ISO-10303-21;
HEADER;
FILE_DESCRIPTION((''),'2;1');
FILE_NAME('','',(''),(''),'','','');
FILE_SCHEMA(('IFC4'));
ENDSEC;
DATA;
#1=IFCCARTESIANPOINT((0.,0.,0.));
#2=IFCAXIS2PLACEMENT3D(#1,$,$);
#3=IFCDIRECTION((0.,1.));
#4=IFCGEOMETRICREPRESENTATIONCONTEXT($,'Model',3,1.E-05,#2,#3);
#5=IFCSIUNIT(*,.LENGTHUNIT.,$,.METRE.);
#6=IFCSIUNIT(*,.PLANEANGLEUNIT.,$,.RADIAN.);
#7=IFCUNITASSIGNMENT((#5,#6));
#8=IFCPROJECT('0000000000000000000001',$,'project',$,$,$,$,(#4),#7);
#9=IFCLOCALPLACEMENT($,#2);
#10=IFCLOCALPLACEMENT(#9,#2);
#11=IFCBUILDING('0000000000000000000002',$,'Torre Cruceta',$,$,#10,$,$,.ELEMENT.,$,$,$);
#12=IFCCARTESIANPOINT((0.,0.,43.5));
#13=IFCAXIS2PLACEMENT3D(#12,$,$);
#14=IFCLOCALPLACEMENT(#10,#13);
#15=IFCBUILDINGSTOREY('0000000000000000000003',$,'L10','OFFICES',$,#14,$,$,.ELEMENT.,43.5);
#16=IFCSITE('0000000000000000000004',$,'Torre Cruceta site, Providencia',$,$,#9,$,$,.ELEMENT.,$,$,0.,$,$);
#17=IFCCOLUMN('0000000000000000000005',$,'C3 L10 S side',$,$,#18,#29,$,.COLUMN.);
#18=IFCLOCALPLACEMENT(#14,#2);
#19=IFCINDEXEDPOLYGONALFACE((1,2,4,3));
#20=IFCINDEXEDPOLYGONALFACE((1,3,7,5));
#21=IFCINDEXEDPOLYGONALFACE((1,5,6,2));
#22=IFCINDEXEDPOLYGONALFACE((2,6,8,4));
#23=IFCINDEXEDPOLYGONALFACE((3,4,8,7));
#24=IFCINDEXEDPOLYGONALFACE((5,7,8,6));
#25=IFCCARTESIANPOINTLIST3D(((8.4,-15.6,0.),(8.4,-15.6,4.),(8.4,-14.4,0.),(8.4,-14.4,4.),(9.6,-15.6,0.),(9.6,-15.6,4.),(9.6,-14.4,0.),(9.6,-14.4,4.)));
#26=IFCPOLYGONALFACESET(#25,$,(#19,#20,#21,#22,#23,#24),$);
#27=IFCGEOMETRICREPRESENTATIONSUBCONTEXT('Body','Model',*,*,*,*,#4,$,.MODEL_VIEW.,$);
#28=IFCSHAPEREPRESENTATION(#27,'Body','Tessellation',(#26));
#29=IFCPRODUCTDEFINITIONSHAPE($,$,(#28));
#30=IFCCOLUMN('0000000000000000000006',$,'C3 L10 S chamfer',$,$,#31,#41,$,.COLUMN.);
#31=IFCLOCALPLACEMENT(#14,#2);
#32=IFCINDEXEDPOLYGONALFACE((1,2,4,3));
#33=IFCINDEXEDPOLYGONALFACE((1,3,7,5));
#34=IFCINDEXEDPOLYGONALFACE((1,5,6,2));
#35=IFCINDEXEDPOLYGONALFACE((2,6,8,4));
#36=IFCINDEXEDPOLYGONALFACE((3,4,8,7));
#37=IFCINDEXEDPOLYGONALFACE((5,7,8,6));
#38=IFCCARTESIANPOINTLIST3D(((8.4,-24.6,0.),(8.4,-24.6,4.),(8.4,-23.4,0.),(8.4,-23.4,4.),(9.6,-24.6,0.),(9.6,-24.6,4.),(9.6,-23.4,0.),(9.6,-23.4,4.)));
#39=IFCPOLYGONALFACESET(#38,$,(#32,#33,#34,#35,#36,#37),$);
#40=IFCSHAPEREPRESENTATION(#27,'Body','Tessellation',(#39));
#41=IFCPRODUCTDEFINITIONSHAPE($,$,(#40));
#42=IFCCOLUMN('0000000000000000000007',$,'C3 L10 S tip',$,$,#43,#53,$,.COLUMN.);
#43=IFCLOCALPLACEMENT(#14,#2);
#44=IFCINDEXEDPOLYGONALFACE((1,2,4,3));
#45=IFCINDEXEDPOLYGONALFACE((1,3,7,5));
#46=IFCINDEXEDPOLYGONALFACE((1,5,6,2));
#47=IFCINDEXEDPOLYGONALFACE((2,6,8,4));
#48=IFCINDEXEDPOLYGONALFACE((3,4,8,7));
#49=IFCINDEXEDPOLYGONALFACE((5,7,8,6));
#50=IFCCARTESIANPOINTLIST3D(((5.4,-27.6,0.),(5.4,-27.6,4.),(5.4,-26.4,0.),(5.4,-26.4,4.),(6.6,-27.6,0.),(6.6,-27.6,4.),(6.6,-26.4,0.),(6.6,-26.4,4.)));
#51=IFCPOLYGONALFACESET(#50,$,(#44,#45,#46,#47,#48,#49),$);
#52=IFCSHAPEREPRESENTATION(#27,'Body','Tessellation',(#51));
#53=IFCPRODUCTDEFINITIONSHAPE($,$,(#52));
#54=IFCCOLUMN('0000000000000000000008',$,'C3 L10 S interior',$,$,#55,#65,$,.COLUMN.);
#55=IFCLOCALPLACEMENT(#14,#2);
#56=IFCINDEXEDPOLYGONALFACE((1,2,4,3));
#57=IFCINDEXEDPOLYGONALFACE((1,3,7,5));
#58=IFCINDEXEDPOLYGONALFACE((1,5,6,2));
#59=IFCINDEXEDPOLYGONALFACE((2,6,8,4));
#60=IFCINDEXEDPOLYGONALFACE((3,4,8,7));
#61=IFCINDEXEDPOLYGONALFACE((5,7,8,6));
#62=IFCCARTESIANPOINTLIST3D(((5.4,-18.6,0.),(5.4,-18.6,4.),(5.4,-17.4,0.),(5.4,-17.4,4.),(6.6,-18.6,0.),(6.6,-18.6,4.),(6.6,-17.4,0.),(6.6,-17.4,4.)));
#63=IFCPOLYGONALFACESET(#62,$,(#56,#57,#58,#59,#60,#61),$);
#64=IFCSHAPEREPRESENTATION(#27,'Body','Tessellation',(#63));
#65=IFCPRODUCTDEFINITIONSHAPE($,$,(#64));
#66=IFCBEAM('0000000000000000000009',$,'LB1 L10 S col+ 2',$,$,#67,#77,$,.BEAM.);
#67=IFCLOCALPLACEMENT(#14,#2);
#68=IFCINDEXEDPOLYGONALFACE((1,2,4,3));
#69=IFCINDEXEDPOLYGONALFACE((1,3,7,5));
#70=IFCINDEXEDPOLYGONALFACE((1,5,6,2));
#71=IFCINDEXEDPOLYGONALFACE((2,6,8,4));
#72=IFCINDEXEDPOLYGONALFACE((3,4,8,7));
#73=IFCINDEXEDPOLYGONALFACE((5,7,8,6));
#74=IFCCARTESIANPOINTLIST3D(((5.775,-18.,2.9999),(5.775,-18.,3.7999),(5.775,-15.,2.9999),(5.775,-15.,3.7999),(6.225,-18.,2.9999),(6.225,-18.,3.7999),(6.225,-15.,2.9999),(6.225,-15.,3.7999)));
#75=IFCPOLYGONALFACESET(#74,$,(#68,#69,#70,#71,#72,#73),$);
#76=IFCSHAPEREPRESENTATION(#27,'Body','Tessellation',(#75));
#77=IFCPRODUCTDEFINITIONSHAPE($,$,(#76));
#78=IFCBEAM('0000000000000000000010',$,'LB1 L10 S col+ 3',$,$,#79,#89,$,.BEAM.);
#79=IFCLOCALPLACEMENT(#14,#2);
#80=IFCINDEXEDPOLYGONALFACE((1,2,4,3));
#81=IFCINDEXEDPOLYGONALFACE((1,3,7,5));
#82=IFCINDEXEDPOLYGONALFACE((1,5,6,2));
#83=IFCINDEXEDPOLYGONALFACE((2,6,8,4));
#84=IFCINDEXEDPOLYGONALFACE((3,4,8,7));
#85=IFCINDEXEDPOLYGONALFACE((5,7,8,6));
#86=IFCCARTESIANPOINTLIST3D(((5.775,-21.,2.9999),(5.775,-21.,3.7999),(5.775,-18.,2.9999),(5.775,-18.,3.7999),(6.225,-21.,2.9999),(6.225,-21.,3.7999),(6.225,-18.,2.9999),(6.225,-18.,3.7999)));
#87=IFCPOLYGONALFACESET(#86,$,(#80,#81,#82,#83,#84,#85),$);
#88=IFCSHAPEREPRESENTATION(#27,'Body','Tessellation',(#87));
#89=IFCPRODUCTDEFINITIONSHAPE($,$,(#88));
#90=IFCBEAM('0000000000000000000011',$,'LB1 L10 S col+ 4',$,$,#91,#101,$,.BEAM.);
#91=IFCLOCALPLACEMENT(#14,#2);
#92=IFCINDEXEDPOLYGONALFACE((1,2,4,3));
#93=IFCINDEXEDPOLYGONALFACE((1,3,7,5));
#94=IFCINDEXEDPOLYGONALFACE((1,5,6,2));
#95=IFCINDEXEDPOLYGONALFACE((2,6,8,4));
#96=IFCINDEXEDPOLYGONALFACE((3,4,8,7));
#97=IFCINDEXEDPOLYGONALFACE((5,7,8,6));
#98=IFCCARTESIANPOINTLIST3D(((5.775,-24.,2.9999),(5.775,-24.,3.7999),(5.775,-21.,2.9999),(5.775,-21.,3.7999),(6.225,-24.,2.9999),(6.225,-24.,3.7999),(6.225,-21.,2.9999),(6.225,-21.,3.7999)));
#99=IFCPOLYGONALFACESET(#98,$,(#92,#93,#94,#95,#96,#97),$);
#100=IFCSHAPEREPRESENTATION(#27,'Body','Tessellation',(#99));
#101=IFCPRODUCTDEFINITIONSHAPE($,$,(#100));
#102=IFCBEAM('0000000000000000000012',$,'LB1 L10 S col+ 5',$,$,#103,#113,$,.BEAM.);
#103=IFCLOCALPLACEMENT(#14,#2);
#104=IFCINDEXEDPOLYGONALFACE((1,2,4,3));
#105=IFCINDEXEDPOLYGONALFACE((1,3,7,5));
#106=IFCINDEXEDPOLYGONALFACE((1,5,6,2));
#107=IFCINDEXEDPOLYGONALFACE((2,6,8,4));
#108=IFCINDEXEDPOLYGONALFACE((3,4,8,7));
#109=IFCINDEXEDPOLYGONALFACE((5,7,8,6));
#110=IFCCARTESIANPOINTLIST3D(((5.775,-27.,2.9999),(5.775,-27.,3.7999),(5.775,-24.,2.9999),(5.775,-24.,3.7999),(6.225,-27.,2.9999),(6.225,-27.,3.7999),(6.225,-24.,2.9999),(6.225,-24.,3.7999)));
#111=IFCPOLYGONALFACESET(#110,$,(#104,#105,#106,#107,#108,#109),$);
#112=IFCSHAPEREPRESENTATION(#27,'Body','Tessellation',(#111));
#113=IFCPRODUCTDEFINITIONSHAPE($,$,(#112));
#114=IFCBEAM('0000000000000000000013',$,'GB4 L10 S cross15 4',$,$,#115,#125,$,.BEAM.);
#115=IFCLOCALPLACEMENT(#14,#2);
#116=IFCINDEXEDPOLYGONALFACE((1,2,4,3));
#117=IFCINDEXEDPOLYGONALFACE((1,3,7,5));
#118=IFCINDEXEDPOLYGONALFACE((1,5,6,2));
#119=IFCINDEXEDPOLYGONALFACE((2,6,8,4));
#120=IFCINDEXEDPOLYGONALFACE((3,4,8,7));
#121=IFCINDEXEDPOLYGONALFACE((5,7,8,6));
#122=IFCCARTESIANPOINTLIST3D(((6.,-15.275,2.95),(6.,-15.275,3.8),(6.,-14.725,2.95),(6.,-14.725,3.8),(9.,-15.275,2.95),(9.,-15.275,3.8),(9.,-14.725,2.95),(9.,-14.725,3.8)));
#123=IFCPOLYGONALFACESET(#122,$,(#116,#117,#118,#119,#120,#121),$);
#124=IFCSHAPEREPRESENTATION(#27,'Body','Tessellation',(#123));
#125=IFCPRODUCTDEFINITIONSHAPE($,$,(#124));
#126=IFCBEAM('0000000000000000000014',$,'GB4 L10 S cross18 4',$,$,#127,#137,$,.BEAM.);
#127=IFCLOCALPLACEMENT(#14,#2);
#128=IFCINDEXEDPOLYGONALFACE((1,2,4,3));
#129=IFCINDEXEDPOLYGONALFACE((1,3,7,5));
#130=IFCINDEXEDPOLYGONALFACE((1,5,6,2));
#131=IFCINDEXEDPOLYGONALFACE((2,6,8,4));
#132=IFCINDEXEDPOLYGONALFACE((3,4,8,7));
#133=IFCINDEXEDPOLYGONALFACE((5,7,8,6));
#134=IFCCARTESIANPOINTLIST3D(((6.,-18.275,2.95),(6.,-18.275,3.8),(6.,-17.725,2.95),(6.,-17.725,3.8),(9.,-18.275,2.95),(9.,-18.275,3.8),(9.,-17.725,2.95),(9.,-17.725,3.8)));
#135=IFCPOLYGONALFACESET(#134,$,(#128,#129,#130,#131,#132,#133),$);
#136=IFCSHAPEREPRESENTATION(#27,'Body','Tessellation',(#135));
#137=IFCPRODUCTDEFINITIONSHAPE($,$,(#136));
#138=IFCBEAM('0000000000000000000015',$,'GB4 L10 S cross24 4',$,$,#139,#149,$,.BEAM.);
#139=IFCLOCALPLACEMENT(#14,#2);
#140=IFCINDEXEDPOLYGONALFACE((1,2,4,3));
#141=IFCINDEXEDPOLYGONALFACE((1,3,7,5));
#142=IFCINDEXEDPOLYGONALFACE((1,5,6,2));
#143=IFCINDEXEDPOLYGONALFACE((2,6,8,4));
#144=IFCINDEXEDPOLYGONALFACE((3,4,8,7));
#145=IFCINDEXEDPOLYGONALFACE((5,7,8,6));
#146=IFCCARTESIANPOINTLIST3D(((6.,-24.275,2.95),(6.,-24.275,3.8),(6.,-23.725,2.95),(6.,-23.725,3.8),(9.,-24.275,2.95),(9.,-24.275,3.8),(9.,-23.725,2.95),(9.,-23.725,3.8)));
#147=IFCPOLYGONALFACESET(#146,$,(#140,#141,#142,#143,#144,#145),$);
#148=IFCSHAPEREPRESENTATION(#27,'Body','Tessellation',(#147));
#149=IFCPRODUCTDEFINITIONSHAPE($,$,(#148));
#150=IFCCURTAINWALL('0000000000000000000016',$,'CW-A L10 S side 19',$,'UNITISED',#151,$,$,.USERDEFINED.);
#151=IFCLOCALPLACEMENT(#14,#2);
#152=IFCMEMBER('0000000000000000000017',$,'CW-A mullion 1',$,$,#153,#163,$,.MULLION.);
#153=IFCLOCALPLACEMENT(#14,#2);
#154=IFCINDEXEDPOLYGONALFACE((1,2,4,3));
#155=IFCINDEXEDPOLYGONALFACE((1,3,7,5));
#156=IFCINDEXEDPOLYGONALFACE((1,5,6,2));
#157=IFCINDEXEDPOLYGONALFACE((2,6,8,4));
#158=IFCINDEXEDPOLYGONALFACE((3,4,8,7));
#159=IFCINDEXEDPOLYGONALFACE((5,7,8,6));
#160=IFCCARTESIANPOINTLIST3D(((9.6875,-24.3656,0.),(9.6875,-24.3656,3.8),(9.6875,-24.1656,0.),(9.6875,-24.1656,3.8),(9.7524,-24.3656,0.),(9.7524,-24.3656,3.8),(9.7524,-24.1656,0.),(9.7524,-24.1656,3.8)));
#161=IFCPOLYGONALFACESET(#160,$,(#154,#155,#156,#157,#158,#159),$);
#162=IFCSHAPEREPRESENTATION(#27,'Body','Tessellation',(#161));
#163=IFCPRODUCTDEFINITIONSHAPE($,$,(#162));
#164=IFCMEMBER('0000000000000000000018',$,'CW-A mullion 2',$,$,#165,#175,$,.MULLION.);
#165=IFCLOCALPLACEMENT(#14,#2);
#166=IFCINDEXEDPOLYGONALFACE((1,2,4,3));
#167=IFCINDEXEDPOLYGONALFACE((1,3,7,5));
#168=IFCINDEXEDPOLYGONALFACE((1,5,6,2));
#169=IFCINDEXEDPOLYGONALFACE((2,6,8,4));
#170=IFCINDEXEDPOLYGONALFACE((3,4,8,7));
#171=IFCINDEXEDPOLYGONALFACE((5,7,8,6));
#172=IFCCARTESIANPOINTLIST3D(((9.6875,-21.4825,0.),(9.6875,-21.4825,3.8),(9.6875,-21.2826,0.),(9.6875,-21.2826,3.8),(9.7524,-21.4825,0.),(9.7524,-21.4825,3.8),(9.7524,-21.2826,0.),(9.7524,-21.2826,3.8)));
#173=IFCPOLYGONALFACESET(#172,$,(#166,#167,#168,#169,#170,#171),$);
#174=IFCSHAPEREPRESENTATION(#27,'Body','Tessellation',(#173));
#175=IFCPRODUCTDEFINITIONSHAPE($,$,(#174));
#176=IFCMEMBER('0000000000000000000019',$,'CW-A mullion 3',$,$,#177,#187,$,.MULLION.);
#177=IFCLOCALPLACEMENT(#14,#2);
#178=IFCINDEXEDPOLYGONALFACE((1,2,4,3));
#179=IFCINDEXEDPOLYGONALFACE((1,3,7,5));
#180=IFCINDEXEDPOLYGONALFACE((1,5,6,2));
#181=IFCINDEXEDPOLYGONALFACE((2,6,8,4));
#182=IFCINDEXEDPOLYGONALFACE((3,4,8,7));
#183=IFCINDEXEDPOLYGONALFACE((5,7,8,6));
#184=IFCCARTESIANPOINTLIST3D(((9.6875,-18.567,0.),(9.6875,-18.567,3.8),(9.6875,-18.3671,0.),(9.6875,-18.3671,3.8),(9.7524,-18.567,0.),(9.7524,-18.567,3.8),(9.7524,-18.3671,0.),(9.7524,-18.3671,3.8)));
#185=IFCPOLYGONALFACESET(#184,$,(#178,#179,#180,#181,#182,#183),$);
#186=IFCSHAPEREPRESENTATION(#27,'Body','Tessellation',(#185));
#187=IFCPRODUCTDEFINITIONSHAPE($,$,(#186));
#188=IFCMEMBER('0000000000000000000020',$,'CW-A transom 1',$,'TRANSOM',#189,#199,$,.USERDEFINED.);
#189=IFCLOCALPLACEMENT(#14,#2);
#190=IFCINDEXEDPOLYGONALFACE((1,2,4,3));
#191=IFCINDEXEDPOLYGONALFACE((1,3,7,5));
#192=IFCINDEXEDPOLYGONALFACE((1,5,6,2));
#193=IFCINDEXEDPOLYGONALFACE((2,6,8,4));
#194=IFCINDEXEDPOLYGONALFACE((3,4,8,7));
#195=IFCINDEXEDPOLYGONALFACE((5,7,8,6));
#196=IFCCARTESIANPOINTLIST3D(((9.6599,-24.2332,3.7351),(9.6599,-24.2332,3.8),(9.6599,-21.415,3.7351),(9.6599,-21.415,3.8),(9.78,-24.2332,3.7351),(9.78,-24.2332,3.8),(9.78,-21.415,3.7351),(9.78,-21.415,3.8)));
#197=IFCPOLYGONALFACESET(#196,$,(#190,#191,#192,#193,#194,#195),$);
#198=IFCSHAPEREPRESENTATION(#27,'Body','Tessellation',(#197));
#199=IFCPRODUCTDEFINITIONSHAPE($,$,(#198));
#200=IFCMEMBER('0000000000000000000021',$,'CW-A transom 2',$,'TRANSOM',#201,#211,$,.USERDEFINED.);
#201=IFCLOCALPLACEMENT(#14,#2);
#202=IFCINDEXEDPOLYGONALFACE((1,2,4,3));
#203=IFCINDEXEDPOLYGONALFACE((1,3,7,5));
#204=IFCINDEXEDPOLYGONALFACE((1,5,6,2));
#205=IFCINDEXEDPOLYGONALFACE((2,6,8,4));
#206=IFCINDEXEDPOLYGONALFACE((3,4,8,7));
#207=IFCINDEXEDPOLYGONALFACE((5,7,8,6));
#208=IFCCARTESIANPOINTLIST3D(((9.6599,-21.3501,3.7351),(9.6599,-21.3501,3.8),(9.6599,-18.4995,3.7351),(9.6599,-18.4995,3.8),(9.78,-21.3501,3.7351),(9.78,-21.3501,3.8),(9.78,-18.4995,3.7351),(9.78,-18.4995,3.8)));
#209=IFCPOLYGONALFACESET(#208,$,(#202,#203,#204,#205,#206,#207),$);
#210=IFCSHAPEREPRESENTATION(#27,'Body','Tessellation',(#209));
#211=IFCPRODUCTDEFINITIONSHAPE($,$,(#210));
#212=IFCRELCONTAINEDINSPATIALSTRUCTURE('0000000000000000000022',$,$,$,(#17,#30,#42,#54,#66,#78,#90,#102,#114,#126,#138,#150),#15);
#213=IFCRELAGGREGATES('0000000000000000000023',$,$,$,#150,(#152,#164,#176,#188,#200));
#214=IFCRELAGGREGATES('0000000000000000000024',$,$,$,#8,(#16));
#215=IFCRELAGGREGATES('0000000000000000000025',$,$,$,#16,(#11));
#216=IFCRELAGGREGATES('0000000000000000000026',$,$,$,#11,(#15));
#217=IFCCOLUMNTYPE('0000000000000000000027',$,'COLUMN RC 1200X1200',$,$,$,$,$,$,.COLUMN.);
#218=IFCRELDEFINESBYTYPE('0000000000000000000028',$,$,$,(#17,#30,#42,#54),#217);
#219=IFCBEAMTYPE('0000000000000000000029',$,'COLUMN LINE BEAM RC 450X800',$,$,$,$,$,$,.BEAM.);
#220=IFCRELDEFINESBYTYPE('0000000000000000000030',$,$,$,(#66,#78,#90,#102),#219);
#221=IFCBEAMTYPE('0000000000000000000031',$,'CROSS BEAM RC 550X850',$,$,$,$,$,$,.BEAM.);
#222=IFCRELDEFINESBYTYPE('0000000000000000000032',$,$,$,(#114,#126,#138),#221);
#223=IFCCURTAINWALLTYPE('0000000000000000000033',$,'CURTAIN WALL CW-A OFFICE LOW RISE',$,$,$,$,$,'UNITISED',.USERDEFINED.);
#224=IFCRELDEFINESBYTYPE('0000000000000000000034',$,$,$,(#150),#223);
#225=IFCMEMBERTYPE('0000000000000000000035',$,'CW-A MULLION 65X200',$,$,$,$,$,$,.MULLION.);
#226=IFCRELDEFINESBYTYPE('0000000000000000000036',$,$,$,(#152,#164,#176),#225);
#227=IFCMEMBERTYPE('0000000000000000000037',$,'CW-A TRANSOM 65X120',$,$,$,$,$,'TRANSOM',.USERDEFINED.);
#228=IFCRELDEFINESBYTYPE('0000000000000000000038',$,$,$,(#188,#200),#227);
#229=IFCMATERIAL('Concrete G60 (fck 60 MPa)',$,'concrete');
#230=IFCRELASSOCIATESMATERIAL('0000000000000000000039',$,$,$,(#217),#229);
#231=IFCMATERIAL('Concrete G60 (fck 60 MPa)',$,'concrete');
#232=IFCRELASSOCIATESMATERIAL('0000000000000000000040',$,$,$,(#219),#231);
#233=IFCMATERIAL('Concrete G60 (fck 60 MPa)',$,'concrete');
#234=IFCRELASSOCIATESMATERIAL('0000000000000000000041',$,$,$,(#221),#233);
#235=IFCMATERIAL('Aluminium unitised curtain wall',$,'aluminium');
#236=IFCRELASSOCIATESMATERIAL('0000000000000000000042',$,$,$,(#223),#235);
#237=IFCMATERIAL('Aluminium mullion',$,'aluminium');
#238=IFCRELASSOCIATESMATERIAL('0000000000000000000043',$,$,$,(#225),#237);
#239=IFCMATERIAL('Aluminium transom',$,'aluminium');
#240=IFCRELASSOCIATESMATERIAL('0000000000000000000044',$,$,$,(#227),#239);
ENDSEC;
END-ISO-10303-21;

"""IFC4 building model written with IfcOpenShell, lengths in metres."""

from ifc_helpers import new_model, si_unit, direction, frame, origin, origin_2d, place, context, subcontext, project, spatial, rectangle, extrude, material, material_profile, profile_set, type_object, element, aggregate, save


model = new_model("IFC4")

# Units and contexts
model_context = context("Model", 3, precision=1e-05, world=origin(), true_north=direction((0.0, 1.0)))
body_context = subcontext(model_context, "Body", "Model", "MODEL_VIEW")
ifc_project = project(units=[si_unit("LENGTHUNIT", "METRE"), si_unit("PLANEANGLEUNIT", "RADIAN")], contexts=[model_context])

# Site, building, storey
site_placement = place(None, origin())
site = spatial("IfcSite", under=ifc_project, at=site_placement, Name="Torre Cruceta site, Providencia", CompositionType="ELEMENT", RefElevation=0.0)
building_placement = place(site_placement, origin())
building = spatial("IfcBuilding", under=site, at=building_placement, Name="Torre Cruceta", CompositionType="ELEMENT")
storey_placement = place(building_placement, frame((0.0, 0.0, 43.5)))
storey = spatial("IfcBuildingStorey", under=building, at=storey_placement, Name="L10", Description="OFFICES", CompositionType="ELEMENT", Elevation=43.5)

# Columns
ifc_material_1 = material(Name="Concrete G60 (fck 60 MPa)", Category="concrete")
ifc_material_profile_1 = material_profile(ifc_material_1, rectangle(XDim=1.2, YDim=1.2, at=origin_2d()), Name="RC 1200X1200")
ifc_profile_set_1 = profile_set([ifc_material_profile_1], Name="Concrete G60 (fck 60 MPa)")
column_type = type_object("IfcColumnType", Name="COLUMN RC 1200X1200", PredefinedType="COLUMN", material=ifc_profile_set_1)
for number, where, z_axis, x_axis, name in (
    (1, (9.0, -15.0, 0.0), (0.0, 0.0, 1.0), (1.0, 0.0, 0.0), "C3 L10 S side"),
    (2, (9.0, -24.0, 0.0), (0.0, 0.0, 1.0), (1.0, 0.0, 0.0), "C3 L10 S chamfer"),
    (3, (6.0, -27.0, 0.0), (0.0, 0.0, 1.0), (1.0, 0.0, 0.0), "C3 L10 S tip"),
    (4, (6.0, -18.0, 0.0), (0.0, 0.0, 1.0), (1.0, 0.0, 0.0), "C3 L10 S interior"),
):
    element("IfcColumn", number, at=place(storey_placement, frame(where, z_axis=z_axis, x_axis=x_axis)), inside=storey, type_object=column_type, Name=name, PredefinedType="COLUMN", context=body_context, shape_type="SweptSolid", body=[
        extrude(rectangle(XDim=1.2, YDim=1.2, at=origin_2d()), origin(), (0.0, 0.0, 1.0), 4.0),
    ])

# Beams
ifc_material_2 = material(Name="Concrete G60 (fck 60 MPa)", Category="concrete")
ifc_material_profile_2 = material_profile(ifc_material_2, rectangle(XDim=0.45, YDim=0.8, at=origin_2d()), Name="RC 450X800")
ifc_profile_set_2 = profile_set([ifc_material_profile_2], Name="Concrete G60 (fck 60 MPa)")
beam_type_1 = type_object("IfcBeamType", Name="COLUMN LINE BEAM RC 450X800", PredefinedType="BEAM", material=ifc_profile_set_2)
for number, where, z_axis, x_axis, name in (
    (5, (6.0, -15.0, 3.3999), (0.0, -1.0, 0.0), (1.0, 0.0, 0.0), "LB1 L10 S col+ 2"),
    (6, (6.0, -18.0, 3.3999), (0.0, -1.0, 0.0), (1.0, 0.0, 0.0), "LB1 L10 S col+ 3"),
    (7, (6.0, -21.0, 3.3999), (0.0, -1.0, 0.0), (1.0, 0.0, 0.0), "LB1 L10 S col+ 4"),
    (8, (6.0, -24.0, 3.3999), (0.0, -1.0, 0.0), (1.0, 0.0, 0.0), "LB1 L10 S col+ 5"),
):
    element("IfcBeam", number, at=place(storey_placement, frame(where, z_axis=z_axis, x_axis=x_axis)), inside=storey, type_object=beam_type_1, Name=name, PredefinedType="BEAM", context=body_context, shape_type="SweptSolid", body=[
        extrude(rectangle(XDim=0.45, YDim=0.8, at=origin_2d()), origin(), (0.0, 0.0, 1.0), 3.0),
    ])
ifc_material_3 = material(Name="Concrete G60 (fck 60 MPa)", Category="concrete")
ifc_material_profile_3 = material_profile(ifc_material_3, rectangle(XDim=0.55, YDim=0.8501, at=origin_2d()), Name="RC 550X850")
ifc_profile_set_3 = profile_set([ifc_material_profile_3], Name="Concrete G60 (fck 60 MPa)")
beam_type_2 = type_object("IfcBeamType", Name="CROSS BEAM RC 550X850", PredefinedType="BEAM", material=ifc_profile_set_3)
for number, where, z_axis, x_axis, name in (
    (9, (6.0, -15.0, 3.375), (1.0, 0.0, 0.0), (0.0, 1.0, 0.0), "GB4 L10 S cross15 4"),
    (10, (6.0, -18.0, 3.375), (1.0, 0.0, 0.0), (0.0, 1.0, 0.0), "GB4 L10 S cross18 4"),
    (11, (6.0, -24.0, 3.375), (1.0, 0.0, 0.0), (0.0, 1.0, 0.0), "GB4 L10 S cross24 4"),
):
    element("IfcBeam", number, at=place(storey_placement, frame(where, z_axis=z_axis, x_axis=x_axis)), inside=storey, type_object=beam_type_2, Name=name, PredefinedType="BEAM", context=body_context, shape_type="SweptSolid", body=[
        extrude(rectangle(XDim=0.55, YDim=0.8501, at=origin_2d()), origin(), (0.0, 0.0, 1.0), 3.0),
    ])

# Curtain wall, members
ifc_material_4 = material(Name="Aluminium unitised curtain wall", Category="aluminium")
curtain_wall_type = type_object("IfcCurtainWallType", Name="CURTAIN WALL CW-A OFFICE LOW RISE", ElementType="UNITISED", PredefinedType="USERDEFINED", material=ifc_material_4)
curtain_wall_placement = place(storey_placement, origin())
curtain_wall = element("IfcCurtainWall", 12, at=curtain_wall_placement, inside=storey, type_object=curtain_wall_type, Name="CW-A L10 S side 19", ObjectType="UNITISED", PredefinedType="USERDEFINED")
ifc_material_5 = material(Name="Aluminium mullion", Category="aluminium")
ifc_material_profile_4 = material_profile(ifc_material_5, rectangle(XDim=0.0649, YDim=0.2, at=origin_2d()), Name="AL 65X200")
ifc_profile_set_4 = profile_set([ifc_material_profile_4], Name="Aluminium mullion")
member_type_1 = type_object("IfcMemberType", Name="CW-A MULLION 65X200", PredefinedType="MULLION", material=ifc_profile_set_4)
member_1_placement = place(storey_placement, frame((9.72, -24.2656, 0.0), z_axis=(0.0, 0.0, 1.0), x_axis=(-1.0, 0.0, 0.0)))
member_1 = element("IfcMember", 13, at=member_1_placement, type_object=member_type_1, Name="CW-A mullion 1", PredefinedType="MULLION", context=body_context, shape_type="SweptSolid", body=[
    extrude(rectangle(XDim=0.0649, YDim=0.2, at=origin_2d()), origin(), (0.0, 0.0, 1.0), 3.8),
])
member_2_placement = place(storey_placement, frame((9.72, -21.3826, 0.0), z_axis=(0.0, 0.0, 1.0), x_axis=(-1.0, 0.0, 0.0)))
member_2 = element("IfcMember", 14, at=member_2_placement, type_object=member_type_1, Name="CW-A mullion 2", PredefinedType="MULLION", context=body_context, shape_type="SweptSolid", body=[
    extrude(rectangle(XDim=0.0649, YDim=0.2, at=origin_2d()), origin(), (0.0, 0.0, 1.0), 3.8),
])
member_3_placement = place(storey_placement, frame((9.72, -18.467, 0.0), z_axis=(0.0, 0.0, 1.0), x_axis=(-1.0, 0.0, 0.0)))
member_3 = element("IfcMember", 15, at=member_3_placement, type_object=member_type_1, Name="CW-A mullion 3", PredefinedType="MULLION", context=body_context, shape_type="SweptSolid", body=[
    extrude(rectangle(XDim=0.0649, YDim=0.2, at=origin_2d()), origin(), (0.0, 0.0, 1.0), 3.8),
])
ifc_material_6 = material(Name="Aluminium transom", Category="aluminium")
ifc_material_profile_5 = material_profile(ifc_material_6, rectangle(XDim=0.1201, YDim=0.0649, at=origin_2d()), Name="AL 120X65")
ifc_profile_set_5 = profile_set([ifc_material_profile_5], Name="Aluminium transom")
member_type_2 = type_object("IfcMemberType", Name="CW-A TRANSOM 65X120", ElementType="TRANSOM", PredefinedType="USERDEFINED", material=ifc_profile_set_5)
member_4_placement = place(storey_placement, frame((9.72, -24.2332, 3.7676), z_axis=(0.0, 1.0, 0.0), x_axis=(-1.0, 0.0, 0.0)))
member_4 = element("IfcMember", 16, at=member_4_placement, type_object=member_type_2, Name="CW-A transom 1", ObjectType="TRANSOM", PredefinedType="USERDEFINED", context=body_context, shape_type="SweptSolid", body=[
    extrude(rectangle(XDim=0.1201, YDim=0.0649, at=origin_2d()), origin(), (0.0, 0.0, 1.0), 2.8181),
])
member_5_placement = place(storey_placement, frame((9.72, -21.3501, 3.7676), z_axis=(0.0, 1.0, 0.0), x_axis=(-1.0, 0.0, 0.0)))
member_5 = element("IfcMember", 17, at=member_5_placement, type_object=member_type_2, Name="CW-A transom 2", ObjectType="TRANSOM", PredefinedType="USERDEFINED", context=body_context, shape_type="SweptSolid", body=[
    extrude(rectangle(XDim=0.1201, YDim=0.0649, at=origin_2d()), origin(), (0.0, 0.0, 1.0), 2.8506),
])

aggregate(curtain_wall, [member_1, member_2, member_3, member_4, member_5])

save(model, "model.ifc")
